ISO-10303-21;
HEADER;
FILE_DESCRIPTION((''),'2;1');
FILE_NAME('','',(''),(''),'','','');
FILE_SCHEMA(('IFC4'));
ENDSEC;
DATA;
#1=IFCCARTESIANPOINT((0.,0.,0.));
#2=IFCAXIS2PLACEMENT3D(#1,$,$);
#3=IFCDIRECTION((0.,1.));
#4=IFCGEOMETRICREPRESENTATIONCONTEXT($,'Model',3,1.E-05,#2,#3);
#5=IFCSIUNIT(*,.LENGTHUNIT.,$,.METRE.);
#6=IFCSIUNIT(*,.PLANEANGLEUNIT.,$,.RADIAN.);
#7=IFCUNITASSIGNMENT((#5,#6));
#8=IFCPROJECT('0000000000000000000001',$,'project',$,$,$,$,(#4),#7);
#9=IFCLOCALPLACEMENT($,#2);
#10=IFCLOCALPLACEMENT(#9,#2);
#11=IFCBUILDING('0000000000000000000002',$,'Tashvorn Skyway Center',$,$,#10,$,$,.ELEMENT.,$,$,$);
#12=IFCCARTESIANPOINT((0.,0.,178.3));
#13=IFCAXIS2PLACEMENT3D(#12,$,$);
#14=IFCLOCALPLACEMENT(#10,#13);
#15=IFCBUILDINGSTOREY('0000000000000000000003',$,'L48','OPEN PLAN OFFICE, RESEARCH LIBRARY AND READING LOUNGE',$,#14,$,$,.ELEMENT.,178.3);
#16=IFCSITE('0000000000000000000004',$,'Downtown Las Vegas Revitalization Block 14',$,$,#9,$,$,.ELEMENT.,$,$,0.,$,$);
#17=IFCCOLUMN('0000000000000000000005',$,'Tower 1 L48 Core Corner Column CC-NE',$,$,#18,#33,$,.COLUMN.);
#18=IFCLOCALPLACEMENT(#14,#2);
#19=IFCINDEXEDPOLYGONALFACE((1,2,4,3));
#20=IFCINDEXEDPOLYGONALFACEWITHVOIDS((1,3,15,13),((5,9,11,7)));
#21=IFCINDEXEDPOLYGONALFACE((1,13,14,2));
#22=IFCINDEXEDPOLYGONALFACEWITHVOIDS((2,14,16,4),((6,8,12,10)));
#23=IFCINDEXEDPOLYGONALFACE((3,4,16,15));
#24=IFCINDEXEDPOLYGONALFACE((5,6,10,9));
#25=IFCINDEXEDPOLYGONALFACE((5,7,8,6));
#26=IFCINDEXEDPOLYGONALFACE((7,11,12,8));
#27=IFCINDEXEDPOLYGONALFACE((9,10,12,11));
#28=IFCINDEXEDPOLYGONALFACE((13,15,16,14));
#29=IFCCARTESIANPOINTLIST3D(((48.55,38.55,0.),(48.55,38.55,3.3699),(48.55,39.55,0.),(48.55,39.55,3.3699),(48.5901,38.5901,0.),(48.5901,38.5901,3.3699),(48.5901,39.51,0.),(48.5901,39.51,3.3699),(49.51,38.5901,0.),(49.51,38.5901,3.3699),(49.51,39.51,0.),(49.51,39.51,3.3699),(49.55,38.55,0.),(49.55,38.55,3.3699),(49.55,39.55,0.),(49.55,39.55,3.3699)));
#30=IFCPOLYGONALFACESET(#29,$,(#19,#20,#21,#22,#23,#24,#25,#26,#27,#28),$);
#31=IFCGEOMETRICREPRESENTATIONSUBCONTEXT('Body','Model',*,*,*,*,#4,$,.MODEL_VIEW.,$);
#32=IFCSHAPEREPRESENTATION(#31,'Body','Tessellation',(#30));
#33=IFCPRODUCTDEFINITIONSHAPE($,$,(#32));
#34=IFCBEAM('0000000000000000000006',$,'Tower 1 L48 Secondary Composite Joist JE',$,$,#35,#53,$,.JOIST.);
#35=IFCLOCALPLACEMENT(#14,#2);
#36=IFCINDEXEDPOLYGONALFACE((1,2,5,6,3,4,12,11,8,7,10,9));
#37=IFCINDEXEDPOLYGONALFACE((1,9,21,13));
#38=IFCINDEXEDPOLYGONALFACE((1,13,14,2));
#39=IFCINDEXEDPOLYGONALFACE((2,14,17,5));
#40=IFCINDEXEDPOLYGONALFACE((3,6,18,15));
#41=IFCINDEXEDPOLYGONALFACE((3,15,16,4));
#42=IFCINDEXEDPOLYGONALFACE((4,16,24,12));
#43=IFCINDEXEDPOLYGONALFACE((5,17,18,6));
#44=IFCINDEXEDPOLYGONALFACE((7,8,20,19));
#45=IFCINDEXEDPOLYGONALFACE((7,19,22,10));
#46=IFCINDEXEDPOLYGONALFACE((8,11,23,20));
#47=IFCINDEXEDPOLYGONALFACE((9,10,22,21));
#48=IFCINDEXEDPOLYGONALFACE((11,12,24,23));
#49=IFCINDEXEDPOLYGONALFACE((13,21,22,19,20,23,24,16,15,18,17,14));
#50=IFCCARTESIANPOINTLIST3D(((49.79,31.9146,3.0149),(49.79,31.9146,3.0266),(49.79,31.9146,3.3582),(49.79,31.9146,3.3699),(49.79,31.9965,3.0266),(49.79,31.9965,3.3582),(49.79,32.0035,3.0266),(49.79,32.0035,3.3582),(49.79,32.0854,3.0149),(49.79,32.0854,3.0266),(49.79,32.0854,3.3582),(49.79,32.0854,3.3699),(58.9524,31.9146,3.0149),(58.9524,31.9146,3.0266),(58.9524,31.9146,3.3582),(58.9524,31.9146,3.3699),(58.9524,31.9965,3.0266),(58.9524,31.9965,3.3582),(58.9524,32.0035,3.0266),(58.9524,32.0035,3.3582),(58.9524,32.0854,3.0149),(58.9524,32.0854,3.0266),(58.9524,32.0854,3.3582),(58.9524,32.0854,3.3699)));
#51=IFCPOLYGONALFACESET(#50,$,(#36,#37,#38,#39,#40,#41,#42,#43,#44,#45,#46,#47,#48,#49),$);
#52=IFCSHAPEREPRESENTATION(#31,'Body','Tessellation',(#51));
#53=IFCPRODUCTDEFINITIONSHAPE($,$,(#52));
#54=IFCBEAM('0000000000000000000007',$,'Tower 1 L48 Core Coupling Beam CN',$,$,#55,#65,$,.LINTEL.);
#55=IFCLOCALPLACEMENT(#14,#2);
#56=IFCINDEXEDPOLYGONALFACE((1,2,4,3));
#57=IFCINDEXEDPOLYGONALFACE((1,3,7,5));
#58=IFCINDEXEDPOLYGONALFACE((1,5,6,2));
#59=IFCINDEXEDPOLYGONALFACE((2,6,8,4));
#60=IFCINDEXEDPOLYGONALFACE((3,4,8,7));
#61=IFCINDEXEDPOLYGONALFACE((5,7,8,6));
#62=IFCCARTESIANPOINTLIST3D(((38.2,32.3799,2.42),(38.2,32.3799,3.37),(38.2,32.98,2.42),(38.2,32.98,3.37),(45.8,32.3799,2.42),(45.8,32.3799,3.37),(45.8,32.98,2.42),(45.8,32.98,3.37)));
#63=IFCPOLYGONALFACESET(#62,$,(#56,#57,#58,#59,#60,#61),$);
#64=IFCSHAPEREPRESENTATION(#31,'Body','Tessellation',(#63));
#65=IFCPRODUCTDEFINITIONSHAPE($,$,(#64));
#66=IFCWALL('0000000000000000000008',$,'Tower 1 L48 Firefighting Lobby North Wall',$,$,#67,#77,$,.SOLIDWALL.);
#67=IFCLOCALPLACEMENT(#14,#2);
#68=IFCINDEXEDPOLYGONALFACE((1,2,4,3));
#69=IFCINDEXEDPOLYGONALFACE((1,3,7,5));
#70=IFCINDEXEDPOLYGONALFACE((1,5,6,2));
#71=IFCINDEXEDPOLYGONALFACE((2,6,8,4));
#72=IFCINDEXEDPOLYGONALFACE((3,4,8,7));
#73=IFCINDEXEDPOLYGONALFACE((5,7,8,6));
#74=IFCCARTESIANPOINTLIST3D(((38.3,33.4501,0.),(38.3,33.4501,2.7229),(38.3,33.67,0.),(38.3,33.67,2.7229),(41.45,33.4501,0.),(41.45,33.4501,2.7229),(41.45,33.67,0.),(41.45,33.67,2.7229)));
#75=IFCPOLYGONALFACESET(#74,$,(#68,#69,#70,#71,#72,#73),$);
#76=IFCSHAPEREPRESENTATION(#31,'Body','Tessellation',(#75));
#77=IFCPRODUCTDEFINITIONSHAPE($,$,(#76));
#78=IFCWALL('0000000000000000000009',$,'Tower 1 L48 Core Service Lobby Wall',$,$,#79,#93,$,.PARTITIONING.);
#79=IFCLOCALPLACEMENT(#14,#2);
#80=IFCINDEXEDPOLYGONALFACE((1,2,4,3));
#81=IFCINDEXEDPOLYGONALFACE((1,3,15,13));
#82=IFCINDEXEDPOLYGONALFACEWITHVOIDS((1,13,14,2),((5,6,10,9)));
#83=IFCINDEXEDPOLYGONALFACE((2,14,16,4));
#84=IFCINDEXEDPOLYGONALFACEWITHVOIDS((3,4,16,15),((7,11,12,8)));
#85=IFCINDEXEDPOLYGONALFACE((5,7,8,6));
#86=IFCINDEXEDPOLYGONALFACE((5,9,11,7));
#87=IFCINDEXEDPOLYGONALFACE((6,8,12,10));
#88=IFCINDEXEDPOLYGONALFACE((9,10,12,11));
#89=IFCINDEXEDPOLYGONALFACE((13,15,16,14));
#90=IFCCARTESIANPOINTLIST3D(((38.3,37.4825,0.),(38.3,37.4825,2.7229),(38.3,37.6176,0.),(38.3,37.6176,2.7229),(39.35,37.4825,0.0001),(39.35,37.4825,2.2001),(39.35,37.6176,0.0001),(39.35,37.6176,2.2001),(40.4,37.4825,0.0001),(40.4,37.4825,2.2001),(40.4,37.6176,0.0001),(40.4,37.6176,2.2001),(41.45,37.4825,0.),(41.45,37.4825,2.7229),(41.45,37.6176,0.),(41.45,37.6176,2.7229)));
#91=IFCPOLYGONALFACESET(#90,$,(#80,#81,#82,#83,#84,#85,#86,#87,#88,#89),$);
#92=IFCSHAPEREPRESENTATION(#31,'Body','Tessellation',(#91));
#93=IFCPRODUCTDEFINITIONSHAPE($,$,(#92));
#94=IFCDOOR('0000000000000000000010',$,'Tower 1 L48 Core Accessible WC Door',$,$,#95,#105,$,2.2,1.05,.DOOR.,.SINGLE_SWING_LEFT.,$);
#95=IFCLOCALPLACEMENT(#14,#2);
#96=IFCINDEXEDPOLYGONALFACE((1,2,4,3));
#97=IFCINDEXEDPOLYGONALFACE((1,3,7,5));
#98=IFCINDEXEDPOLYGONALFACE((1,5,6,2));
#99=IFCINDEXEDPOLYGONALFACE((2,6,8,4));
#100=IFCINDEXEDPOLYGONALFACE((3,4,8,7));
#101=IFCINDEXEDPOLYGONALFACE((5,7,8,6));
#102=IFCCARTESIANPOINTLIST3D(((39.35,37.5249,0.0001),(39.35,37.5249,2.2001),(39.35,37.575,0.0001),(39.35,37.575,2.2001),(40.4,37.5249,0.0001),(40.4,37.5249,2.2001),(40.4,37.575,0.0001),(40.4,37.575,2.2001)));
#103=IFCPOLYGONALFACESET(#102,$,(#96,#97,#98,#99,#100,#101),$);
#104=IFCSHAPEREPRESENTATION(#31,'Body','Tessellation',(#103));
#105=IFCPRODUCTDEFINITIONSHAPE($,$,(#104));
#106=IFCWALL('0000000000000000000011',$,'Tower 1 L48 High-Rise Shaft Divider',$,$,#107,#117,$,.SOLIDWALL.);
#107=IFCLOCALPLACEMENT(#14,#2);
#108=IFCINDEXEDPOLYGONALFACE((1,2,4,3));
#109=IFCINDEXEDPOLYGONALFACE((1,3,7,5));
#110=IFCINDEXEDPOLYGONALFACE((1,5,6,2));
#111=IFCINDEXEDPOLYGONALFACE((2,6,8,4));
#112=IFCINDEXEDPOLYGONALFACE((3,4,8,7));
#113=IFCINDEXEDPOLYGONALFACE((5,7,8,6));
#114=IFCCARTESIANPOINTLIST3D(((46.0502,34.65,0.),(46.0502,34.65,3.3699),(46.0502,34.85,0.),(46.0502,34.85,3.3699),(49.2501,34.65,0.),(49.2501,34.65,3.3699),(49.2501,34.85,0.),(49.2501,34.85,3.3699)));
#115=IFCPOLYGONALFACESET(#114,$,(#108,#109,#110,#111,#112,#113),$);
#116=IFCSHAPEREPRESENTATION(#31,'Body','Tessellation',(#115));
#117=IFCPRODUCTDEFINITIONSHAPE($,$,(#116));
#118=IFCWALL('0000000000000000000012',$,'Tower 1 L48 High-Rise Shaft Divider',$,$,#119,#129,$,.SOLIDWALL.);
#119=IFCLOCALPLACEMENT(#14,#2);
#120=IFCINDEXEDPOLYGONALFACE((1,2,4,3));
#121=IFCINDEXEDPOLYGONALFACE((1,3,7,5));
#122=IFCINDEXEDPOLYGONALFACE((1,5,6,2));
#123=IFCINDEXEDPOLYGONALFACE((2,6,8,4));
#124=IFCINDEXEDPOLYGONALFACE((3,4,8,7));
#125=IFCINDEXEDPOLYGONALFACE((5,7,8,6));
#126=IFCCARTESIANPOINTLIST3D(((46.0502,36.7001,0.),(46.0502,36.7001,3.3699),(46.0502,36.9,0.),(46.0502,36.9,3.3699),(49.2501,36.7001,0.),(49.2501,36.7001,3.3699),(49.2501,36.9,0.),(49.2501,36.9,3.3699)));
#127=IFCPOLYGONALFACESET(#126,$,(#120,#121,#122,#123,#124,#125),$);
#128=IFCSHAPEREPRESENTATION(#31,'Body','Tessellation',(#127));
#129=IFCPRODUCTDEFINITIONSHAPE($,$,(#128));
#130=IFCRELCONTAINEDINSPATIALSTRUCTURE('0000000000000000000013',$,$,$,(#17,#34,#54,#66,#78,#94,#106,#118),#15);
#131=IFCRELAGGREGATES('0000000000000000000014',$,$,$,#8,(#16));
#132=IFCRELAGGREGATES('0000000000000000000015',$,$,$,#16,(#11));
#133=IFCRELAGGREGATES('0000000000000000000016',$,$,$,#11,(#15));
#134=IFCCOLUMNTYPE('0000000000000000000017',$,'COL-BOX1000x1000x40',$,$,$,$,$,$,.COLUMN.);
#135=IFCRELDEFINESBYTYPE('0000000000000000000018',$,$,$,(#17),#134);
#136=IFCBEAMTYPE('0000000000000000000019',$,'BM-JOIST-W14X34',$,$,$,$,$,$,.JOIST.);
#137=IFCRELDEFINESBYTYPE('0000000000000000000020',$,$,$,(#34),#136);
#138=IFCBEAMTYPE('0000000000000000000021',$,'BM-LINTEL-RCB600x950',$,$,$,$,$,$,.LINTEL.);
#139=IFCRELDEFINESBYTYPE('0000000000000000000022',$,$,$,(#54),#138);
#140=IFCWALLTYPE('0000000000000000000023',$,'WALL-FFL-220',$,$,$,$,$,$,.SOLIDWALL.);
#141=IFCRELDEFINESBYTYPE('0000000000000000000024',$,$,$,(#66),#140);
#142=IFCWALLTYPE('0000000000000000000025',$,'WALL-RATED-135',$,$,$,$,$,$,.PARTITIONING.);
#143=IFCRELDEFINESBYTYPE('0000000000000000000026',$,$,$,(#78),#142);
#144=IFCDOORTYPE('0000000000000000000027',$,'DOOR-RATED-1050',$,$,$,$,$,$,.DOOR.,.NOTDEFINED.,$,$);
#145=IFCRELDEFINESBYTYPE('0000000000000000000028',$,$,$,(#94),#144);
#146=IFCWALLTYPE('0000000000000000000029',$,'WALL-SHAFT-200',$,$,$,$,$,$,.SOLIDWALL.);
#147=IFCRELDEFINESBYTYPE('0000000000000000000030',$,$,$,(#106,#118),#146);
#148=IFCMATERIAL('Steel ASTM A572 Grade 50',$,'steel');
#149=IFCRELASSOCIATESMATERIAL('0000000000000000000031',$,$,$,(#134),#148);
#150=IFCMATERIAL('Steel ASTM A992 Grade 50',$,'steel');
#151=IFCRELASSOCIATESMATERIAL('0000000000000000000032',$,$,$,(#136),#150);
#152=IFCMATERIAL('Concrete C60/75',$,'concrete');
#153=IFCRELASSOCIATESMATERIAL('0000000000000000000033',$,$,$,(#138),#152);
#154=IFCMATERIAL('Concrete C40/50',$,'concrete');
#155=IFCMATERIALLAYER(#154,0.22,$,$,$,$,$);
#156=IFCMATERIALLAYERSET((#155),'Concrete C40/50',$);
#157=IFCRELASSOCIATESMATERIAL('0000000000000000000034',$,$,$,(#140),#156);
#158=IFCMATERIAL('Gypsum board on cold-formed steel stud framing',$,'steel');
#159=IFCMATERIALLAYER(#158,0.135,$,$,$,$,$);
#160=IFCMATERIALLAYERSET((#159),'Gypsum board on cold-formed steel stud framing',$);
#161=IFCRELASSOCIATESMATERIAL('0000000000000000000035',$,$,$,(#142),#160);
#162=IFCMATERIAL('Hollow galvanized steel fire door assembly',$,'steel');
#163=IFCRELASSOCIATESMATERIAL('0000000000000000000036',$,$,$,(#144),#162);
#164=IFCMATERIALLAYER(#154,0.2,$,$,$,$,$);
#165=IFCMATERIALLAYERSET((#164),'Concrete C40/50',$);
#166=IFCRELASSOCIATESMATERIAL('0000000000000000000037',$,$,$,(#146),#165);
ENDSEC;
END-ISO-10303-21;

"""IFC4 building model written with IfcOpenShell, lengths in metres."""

from ifc_helpers import new_model, si_unit, direction, frame, frame_2d, origin, origin_2d, place, context, subcontext, project, spatial, rectangle, hollow_rectangle, i_section, extrude, material, layer, layer_set, material_profile, profile_set, type_object, element, fill, save


model = new_model("IFC4")

# Units and contexts
model_context = context("Model", 3, precision=1e-05, world=origin(), true_north=direction((0.0, 1.0)))
body_context = subcontext(model_context, "Body", "Model", "MODEL_VIEW")
ifc_project = project(units=[si_unit("LENGTHUNIT", "METRE"), si_unit("PLANEANGLEUNIT", "RADIAN")], contexts=[model_context])

# Site, building, storey
site_placement = place(None, origin())
site = spatial("IfcSite", under=ifc_project, at=site_placement, Name="Downtown Las Vegas Revitalization Block 14", CompositionType="ELEMENT", RefElevation=0.0)
building_placement = place(site_placement, origin())
building = spatial("IfcBuilding", under=site, at=building_placement, Name="Tashvorn Skyway Center", CompositionType="ELEMENT")
storey_placement = place(building_placement, frame((0.0, 0.0, 178.3)))
storey = spatial("IfcBuildingStorey", under=building, at=storey_placement, Name="L48", Description="OPEN PLAN OFFICE, RESEARCH LIBRARY AND READING LOUNGE", CompositionType="ELEMENT", Elevation=178.3)

# Column
ifc_material_1 = material(Name="Steel ASTM A572 Grade 50", Category="steel")
ifc_material_profile_1 = material_profile(ifc_material_1, hollow_rectangle(XDim=1.0, YDim=1.0, WallThickness=0.04, at=origin_2d()), Name="BOX1000x1000x40")
ifc_profile_set_1 = profile_set([ifc_material_profile_1], Name="Steel ASTM A572 Grade 50")
column_type = type_object("IfcColumnType", Name="COL-BOX1000x1000x40", PredefinedType="COLUMN", material=ifc_profile_set_1)
column_placement = place(storey_placement, frame((49.05, 39.05, 0.0), z_axis=(0.0, 0.0, 1.0), x_axis=(1.0, 0.0, 0.0)))
element("IfcColumn", 1, at=column_placement, inside=storey, type_object=column_type, Name="Tower 1 L48 Core Corner Column CC-NE", PredefinedType="COLUMN", context=body_context, shape_type="SweptSolid", body=[
    extrude(hollow_rectangle(XDim=1.0, YDim=1.0, WallThickness=0.04, at=origin_2d()), origin(), (0.0, 0.0, 1.0), 3.3699),
])

# Beams
ifc_material_2 = material(Name="Steel ASTM A992 Grade 50", Category="steel")
ifc_material_profile_2 = material_profile(ifc_material_2, i_section(OverallWidth=0.1709, OverallDepth=0.355, WebThickness=0.0071, FlangeThickness=0.0117, at=origin_2d()), Name="W14X34")
ifc_profile_set_2 = profile_set([ifc_material_profile_2], Name="Steel ASTM A992 Grade 50")
beam_type_1 = type_object("IfcBeamType", Name="BM-JOIST-W14X34", PredefinedType="JOIST", material=ifc_profile_set_2)
beam_1_placement = place(storey_placement, frame((49.79, 32.0, 3.1924), z_axis=(1.0, 0.0, 0.0), x_axis=(0.0, 1.0, 0.0)))
element("IfcBeam", 2, at=beam_1_placement, inside=storey, type_object=beam_type_1, Name="Tower 1 L48 Secondary Composite Joist JE", PredefinedType="JOIST", context=body_context, shape_type="SweptSolid", body=[
    extrude(i_section(OverallWidth=0.1709, OverallDepth=0.355, WebThickness=0.0071, FlangeThickness=0.0117, at=origin_2d()), origin(), (0.0, 0.0, 1.0), 9.1624),
])
ifc_material_3 = material(Name="Concrete C60/75", Category="concrete")
ifc_material_profile_3 = material_profile(ifc_material_3, rectangle(XDim=0.6001, YDim=0.95, at=origin_2d()), Name="RCB600x950")
ifc_profile_set_3 = profile_set([ifc_material_profile_3], Name="Concrete C60/75")
beam_type_2 = type_object("IfcBeamType", Name="BM-LINTEL-RCB600x950", PredefinedType="LINTEL", material=ifc_profile_set_3)
beam_2_placement = place(storey_placement, frame((38.2, 32.6799, 2.895), z_axis=(1.0, 0.0, 0.0), x_axis=(0.0, 1.0, 0.0)))
element("IfcBeam", 3, at=beam_2_placement, inside=storey, type_object=beam_type_2, Name="Tower 1 L48 Core Coupling Beam CN", PredefinedType="LINTEL", context=body_context, shape_type="SweptSolid", body=[
    extrude(rectangle(XDim=0.6001, YDim=0.95, at=origin_2d()), origin(), (0.0, 0.0, 1.0), 7.6001),
])

# Wall
ifc_material_4 = material(Name="Concrete C40/50", Category="concrete")
ifc_layer_1 = layer(ifc_material_4, 0.22)
ifc_layer_set_1 = layer_set([ifc_layer_1], Name="Concrete C40/50")
wall_type_1 = type_object("IfcWallType", Name="WALL-FFL-220", PredefinedType="SOLIDWALL", material=ifc_layer_set_1)
wall_1_placement = place(storey_placement, frame((38.3, 33.5601, 0.0), z_axis=(0.0, 0.0, 1.0), x_axis=(1.0, 0.0, 0.0)))
element("IfcWall", 4, at=wall_1_placement, inside=storey, type_object=wall_type_1, Name="Tower 1 L48 Firefighting Lobby North Wall", PredefinedType="SOLIDWALL", context=body_context, shape_type="SweptSolid", body=[
    extrude(rectangle(XDim=3.1499, YDim=0.22, at=frame_2d((1.575, 0.0))), origin(), (0.0, 0.0, 1.0), 2.7229),
])

# Wall, opening, door
ifc_material_5 = material(Name="Gypsum board on cold-formed steel stud framing", Category="steel")
ifc_layer_2 = layer(ifc_material_5, 0.135)
ifc_layer_set_2 = layer_set([ifc_layer_2], Name="Gypsum board on cold-formed steel stud framing")
wall_type_2 = type_object("IfcWallType", Name="WALL-RATED-135", PredefinedType="PARTITIONING", material=ifc_layer_set_2)
wall_2_placement = place(storey_placement, frame((38.3, 37.55, 0.0), z_axis=(0.0, 0.0, 1.0), x_axis=(1.0, 0.0, 0.0)))
wall_2 = element("IfcWall", 5, at=wall_2_placement, inside=storey, type_object=wall_type_2, Name="Tower 1 L48 Core Service Lobby Wall", PredefinedType="PARTITIONING", context=body_context, shape_type="SweptSolid", body=[
    extrude(rectangle(XDim=3.1499, YDim=0.135, at=frame_2d((1.575, 0.0))), origin(), (0.0, 0.0, 1.0), 2.7229),
])
opening_1_placement = place(wall_2_placement, frame((1.05, 0.0, 0.0)))
opening_1 = element("IfcOpeningElement", 6, at=opening_1_placement, cuts=wall_2, PredefinedType="OPENING", context=body_context, shape_type="SweptSolid", body=[
    extrude(rectangle(XDim=1.05, YDim=2.2, at=frame_2d((0.5249, 1.1001))), frame((0.0, 0.0774, 0.0), z_axis=(0.0, -1.0, 0.0), x_axis=(1.0, 0.0, 0.0)), (0.0, 0.0, 1.0), 0.155),
])
ifc_material_6 = material(Name="Hollow galvanized steel fire door assembly", Category="steel")
door_type_1 = type_object("IfcDoorType", Name="DOOR-RATED-1050", OperationType="NOTDEFINED", PredefinedType="DOOR", material=ifc_material_6)
door_1_placement = place(opening_1_placement, origin())
door_1 = element("IfcDoor", 7, at=door_1_placement, inside=storey, type_object=door_type_1, Name="Tower 1 L48 Core Accessible WC Door", OperationType="SINGLE_SWING_LEFT", OverallHeight=2.2, OverallWidth=1.05, PredefinedType="DOOR", context=body_context, shape_type="SweptSolid", body=[
    extrude(rectangle(XDim=1.05, YDim=2.2, at=frame_2d((0.5249, 1.1001))), frame((0.0, 0.0249, 0.0), z_axis=(0.0, -1.0, 0.0), x_axis=(1.0, 0.0, 0.0)), (0.0, 0.0, 1.0), 0.05),
])
fill(opening_1, door_1)

# Walls
ifc_layer_3 = layer(ifc_material_4, 0.2)
ifc_layer_set_3 = layer_set([ifc_layer_3], Name="Concrete C40/50")
wall_type_3 = type_object("IfcWallType", Name="WALL-SHAFT-200", PredefinedType="SOLIDWALL", material=ifc_layer_set_3)
for number, where, z_axis, x_axis, name in (
    (8, (46.05, 34.75, 0.0), (0.0, 0.0, 1.0), (1.0, 0.0, 0.0), "Tower 1 L48 High-Rise Shaft Divider"),
    (9, (46.05, 36.8, 0.0), (0.0, 0.0, 1.0), (1.0, 0.0, 0.0), "Tower 1 L48 High-Rise Shaft Divider"),
):
    element("IfcWall", number, at=place(storey_placement, frame(where, z_axis=z_axis, x_axis=x_axis)), inside=storey, type_object=wall_type_3, Name=name, PredefinedType="SOLIDWALL", context=body_context, shape_type="SweptSolid", body=[
        extrude(rectangle(XDim=3.2, YDim=0.2, at=frame_2d((1.6001, 0.0))), origin(), (0.0, 0.0, 1.0), 3.3699),
    ])

save(model, "model.ifc")
